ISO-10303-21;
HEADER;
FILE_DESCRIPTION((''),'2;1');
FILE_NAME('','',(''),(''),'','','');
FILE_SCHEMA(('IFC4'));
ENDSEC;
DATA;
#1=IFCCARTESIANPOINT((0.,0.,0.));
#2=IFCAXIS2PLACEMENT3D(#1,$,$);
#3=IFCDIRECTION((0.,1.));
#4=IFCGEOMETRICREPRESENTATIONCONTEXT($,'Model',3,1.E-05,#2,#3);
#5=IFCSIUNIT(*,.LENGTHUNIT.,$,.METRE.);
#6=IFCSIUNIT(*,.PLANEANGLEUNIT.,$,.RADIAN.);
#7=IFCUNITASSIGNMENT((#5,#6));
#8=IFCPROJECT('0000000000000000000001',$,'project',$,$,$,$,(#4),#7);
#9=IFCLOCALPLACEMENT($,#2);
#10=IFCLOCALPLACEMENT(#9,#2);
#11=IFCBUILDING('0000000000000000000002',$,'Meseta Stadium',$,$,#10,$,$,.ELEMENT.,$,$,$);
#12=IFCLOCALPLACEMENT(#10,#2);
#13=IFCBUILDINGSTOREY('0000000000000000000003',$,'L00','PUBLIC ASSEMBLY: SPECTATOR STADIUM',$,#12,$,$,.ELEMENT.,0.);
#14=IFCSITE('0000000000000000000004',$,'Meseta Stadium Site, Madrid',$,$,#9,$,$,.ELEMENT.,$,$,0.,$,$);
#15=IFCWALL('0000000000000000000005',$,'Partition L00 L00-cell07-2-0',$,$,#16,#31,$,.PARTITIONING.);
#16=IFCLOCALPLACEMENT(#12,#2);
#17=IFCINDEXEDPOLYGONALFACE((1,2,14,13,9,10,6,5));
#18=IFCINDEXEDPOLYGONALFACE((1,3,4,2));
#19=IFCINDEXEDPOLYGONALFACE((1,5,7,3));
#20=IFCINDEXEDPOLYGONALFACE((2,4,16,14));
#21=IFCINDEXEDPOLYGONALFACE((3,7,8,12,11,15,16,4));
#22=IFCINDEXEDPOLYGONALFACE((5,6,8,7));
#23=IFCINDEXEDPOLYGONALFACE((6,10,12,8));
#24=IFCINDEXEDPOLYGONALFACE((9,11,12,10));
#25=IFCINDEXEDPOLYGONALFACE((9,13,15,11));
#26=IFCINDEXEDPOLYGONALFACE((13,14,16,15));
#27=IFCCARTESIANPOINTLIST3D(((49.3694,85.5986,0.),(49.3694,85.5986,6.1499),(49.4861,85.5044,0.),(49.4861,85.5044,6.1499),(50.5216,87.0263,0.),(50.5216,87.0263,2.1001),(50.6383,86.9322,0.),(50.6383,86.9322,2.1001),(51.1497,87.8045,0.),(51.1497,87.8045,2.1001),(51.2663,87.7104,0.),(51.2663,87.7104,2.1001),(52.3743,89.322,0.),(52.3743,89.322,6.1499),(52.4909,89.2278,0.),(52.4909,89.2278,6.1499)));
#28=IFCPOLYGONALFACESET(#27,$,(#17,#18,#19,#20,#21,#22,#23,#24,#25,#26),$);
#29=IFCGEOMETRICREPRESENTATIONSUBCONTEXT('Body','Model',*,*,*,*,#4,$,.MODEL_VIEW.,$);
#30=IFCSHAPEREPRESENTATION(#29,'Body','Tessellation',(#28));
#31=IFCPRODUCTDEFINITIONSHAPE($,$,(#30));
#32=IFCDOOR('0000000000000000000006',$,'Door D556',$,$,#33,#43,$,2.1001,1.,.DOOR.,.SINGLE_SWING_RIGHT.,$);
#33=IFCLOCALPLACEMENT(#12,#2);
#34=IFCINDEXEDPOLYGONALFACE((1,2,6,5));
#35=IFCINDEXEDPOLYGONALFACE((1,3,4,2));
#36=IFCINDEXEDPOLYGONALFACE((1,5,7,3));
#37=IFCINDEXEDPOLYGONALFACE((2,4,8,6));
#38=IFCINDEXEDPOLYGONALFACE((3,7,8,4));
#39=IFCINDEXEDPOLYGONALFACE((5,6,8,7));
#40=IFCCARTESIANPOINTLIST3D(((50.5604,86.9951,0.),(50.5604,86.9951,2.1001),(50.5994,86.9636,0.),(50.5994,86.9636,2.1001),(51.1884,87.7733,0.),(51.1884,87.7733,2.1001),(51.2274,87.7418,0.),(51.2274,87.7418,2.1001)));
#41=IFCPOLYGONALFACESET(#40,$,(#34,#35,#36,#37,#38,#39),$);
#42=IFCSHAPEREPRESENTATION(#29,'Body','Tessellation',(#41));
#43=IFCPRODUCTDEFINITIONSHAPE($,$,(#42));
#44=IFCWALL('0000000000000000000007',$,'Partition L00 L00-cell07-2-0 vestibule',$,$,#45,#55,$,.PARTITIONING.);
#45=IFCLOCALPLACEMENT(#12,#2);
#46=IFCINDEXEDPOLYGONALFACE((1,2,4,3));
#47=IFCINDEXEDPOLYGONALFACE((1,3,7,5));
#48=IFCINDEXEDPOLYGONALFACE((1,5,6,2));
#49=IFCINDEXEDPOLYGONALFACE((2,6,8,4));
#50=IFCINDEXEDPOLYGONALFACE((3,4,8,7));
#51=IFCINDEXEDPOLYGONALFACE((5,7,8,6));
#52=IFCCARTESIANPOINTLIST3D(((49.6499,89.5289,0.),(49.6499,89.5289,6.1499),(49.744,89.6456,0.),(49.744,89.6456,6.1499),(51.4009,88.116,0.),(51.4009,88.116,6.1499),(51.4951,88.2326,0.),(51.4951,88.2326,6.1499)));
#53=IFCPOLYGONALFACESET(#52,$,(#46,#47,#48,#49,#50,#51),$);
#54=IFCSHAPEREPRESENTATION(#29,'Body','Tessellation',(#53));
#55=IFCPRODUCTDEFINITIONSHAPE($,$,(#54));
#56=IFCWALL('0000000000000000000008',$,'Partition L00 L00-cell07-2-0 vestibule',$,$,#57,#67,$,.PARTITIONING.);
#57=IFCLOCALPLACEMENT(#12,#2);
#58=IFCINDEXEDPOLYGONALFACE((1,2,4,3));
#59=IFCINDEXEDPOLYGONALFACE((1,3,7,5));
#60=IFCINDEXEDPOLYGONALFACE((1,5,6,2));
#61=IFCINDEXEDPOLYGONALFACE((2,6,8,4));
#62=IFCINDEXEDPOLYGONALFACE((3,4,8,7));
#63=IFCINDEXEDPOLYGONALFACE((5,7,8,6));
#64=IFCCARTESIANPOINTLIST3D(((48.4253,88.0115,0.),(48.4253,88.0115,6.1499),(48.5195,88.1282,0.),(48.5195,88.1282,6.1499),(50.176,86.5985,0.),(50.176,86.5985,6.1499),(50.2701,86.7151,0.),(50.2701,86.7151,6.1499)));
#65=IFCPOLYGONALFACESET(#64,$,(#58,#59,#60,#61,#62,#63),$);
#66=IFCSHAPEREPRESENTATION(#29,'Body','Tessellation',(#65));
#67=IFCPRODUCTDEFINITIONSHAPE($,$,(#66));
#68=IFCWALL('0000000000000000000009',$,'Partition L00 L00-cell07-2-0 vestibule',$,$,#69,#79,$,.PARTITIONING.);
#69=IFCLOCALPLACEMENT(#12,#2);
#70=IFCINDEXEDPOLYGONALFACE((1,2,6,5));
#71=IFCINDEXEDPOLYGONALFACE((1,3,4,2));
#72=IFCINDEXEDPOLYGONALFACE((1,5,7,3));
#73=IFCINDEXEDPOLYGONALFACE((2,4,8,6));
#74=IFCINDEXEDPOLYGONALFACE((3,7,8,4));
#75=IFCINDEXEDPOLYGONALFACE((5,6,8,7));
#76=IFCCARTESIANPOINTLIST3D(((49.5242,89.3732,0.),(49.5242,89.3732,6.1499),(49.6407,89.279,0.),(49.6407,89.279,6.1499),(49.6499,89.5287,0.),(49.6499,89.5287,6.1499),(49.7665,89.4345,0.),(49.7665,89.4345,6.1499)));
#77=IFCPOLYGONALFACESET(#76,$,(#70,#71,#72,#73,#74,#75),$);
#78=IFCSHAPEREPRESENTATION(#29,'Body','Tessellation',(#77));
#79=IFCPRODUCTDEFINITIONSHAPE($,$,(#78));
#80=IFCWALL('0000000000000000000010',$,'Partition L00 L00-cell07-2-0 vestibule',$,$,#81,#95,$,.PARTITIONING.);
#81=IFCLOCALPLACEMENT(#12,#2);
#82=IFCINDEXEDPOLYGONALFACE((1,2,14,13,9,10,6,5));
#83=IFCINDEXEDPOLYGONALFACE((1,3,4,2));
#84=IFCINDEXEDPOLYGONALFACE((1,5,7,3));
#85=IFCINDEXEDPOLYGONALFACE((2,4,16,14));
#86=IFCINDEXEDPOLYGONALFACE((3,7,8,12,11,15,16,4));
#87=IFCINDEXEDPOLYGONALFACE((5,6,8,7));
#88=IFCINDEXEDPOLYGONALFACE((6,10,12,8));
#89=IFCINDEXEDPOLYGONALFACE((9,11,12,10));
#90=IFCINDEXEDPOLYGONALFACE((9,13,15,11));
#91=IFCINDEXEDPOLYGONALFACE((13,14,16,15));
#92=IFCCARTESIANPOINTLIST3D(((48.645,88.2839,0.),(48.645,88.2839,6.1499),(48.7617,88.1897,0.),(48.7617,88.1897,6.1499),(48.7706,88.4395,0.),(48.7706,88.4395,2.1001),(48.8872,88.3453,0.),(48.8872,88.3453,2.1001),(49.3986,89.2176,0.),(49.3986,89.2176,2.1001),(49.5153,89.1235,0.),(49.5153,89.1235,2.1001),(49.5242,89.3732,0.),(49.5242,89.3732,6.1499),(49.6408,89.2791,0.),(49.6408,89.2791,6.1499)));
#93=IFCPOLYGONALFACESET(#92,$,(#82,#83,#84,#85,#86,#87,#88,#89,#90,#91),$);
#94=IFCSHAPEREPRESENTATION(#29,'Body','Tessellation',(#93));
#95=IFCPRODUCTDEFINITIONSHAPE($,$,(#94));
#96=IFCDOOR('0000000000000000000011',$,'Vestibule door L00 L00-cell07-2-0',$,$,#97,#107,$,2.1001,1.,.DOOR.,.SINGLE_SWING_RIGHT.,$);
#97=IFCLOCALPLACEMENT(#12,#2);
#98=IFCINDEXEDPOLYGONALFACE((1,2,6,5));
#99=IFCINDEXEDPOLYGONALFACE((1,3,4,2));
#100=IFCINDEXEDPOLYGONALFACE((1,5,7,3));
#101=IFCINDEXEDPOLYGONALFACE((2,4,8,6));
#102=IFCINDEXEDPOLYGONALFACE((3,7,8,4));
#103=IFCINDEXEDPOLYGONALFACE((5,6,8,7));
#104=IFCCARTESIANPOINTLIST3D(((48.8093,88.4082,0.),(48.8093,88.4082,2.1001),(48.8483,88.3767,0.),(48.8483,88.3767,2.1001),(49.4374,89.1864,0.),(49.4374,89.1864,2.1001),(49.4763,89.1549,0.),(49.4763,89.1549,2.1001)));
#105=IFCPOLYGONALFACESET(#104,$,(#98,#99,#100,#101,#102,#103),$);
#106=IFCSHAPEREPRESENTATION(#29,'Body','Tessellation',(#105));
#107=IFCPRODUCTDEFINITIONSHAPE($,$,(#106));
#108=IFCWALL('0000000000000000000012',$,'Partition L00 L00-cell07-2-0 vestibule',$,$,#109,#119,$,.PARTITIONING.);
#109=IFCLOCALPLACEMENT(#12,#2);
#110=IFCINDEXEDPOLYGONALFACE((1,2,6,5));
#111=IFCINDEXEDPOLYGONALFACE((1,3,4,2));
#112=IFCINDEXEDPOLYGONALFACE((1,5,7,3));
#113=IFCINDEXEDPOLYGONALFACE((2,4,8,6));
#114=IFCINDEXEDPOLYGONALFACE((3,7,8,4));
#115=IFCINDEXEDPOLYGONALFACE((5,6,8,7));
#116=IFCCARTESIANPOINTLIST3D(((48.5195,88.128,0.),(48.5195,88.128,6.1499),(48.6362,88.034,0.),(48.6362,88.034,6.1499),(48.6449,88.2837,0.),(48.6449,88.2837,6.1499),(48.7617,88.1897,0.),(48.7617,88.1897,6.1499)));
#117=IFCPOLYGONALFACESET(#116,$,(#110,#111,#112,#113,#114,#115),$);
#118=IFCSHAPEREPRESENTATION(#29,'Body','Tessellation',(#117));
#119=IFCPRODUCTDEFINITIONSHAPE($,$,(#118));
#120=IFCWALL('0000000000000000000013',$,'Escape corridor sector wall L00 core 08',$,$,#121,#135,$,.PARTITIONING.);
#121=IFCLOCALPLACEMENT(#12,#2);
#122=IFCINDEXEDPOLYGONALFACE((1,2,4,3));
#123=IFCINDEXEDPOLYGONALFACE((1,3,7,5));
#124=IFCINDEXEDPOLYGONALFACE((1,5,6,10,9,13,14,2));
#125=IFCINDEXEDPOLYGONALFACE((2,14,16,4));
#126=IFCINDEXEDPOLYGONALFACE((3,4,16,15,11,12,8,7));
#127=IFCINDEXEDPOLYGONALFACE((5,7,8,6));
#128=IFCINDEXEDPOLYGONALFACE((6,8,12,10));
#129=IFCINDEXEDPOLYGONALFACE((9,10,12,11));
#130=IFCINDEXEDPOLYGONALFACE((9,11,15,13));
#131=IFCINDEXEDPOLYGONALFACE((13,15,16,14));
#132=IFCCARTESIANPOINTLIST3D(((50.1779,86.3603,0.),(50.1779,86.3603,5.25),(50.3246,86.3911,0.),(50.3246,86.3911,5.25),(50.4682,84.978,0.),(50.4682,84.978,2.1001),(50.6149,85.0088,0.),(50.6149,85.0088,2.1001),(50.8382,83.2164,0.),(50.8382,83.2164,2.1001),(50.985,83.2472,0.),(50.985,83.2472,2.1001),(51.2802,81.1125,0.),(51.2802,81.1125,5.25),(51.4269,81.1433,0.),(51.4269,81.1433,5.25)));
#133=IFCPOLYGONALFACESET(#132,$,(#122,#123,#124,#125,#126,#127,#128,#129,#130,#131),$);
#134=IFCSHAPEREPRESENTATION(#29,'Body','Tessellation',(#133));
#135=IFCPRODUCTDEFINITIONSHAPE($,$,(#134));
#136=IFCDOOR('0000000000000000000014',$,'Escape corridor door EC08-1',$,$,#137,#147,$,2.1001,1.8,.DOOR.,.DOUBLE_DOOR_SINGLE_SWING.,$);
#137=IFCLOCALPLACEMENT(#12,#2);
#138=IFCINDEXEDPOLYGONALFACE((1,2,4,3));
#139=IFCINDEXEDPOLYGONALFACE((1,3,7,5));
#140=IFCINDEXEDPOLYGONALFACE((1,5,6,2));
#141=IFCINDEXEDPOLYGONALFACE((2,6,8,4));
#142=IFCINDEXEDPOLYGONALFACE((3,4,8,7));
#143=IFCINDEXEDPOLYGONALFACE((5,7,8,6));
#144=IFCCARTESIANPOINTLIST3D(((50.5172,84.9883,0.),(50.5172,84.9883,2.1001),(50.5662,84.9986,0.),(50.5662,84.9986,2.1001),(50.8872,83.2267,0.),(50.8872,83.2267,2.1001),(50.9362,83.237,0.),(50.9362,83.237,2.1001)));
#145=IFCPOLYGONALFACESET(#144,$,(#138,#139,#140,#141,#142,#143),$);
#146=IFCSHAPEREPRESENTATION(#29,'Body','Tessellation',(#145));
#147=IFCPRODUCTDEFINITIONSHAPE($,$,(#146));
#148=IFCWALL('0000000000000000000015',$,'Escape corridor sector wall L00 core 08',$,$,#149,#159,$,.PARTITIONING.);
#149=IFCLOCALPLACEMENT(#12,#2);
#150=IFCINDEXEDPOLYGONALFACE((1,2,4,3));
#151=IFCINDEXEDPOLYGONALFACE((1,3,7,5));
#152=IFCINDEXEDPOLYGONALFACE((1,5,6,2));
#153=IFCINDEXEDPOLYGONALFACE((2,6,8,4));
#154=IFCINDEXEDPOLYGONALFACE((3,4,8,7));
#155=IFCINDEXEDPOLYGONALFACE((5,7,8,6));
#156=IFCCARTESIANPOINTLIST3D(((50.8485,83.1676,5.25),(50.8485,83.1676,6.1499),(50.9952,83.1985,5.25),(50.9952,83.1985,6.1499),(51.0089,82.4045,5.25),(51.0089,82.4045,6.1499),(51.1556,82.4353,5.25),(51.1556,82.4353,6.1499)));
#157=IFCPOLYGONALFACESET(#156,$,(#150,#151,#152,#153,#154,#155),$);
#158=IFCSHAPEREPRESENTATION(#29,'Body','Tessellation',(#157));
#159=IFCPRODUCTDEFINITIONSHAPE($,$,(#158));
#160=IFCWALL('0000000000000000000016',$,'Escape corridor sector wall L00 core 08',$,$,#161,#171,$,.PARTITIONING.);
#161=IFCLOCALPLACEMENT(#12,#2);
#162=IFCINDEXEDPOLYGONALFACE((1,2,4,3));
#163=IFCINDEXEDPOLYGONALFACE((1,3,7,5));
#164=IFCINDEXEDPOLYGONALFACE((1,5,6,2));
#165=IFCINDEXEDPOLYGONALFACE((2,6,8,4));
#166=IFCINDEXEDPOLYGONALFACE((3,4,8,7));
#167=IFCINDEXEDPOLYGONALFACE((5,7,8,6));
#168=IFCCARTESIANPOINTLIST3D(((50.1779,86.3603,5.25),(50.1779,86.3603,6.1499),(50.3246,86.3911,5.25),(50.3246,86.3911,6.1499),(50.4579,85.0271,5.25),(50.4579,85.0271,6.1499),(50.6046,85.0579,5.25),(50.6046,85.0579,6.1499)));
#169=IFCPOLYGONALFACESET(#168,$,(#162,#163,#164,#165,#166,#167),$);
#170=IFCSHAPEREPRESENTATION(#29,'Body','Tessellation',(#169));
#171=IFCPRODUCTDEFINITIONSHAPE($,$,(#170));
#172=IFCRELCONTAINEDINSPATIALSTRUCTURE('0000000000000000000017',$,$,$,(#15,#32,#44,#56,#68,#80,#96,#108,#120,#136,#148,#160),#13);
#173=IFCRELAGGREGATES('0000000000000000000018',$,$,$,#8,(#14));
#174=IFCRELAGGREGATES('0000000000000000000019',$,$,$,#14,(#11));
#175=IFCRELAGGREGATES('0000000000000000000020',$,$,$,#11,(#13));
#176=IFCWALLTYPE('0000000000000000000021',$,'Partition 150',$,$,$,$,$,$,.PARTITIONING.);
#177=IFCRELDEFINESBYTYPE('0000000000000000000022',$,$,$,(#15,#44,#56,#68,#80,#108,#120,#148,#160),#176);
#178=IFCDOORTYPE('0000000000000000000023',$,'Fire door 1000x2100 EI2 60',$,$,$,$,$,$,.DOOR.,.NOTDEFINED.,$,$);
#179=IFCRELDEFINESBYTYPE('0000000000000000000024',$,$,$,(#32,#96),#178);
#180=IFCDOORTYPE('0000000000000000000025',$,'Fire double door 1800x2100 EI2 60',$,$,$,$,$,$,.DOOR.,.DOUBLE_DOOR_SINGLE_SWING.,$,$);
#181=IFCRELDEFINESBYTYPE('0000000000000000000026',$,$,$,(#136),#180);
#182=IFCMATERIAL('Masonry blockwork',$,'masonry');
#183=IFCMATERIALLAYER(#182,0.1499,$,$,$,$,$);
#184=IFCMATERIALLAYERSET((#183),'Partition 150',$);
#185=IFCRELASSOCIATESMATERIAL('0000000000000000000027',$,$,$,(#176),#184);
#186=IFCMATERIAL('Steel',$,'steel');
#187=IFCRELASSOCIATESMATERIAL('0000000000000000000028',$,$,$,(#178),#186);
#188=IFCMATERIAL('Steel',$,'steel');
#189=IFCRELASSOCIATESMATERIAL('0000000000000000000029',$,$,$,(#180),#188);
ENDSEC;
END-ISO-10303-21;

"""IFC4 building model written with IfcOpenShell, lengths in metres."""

from ifc_helpers import new_model, si_unit, direction, frame, frame_2d, origin, place, context, subcontext, project, spatial, rectangle, extrude, material, layer, layer_set, type_object, element, fill, save


model = new_model("IFC4")

# Units and contexts
model_context = context("Model", 3, precision=1e-05, world=origin(), true_north=direction((0.0, 1.0)))
body_context = subcontext(model_context, "Body", "Model", "MODEL_VIEW")
ifc_project = project(units=[si_unit("LENGTHUNIT", "METRE"), si_unit("PLANEANGLEUNIT", "RADIAN")], contexts=[model_context])

# Site, building, storey
site_placement = place(None, origin())
site = spatial("IfcSite", under=ifc_project, at=site_placement, Name="Meseta Stadium Site, Madrid", CompositionType="ELEMENT", RefElevation=0.0)
building_placement = place(site_placement, origin())
building = spatial("IfcBuilding", under=site, at=building_placement, Name="Meseta Stadium", CompositionType="ELEMENT")
storey_placement = place(building_placement, origin())
storey = spatial("IfcBuildingStorey", under=building, at=storey_placement, Name="L00", Description="PUBLIC ASSEMBLY: SPECTATOR STADIUM", CompositionType="ELEMENT", Elevation=0.0)

# Shared definitions
ifc_material_1 = material(Name="Masonry blockwork", Category="masonry")
ifc_layer = layer(ifc_material_1, 0.1499)
ifc_layer_set = layer_set([ifc_layer], Name="Partition 150")
wall_type = type_object("IfcWallType", Name="Partition 150", PredefinedType="PARTITIONING", material=ifc_layer_set)

# Wall, opening, door
wall_1_placement = place(storey_placement, frame((52.4326, 89.2749, 0.0), z_axis=(0.0, 0.0, 1.0), x_axis=(-0.628025, -0.778193, 0.0)))
wall_1 = element("IfcWall", 1, at=wall_1_placement, inside=storey, type_object=wall_type, Name="Partition L00 L00-cell07-2-0", PredefinedType="PARTITIONING", context=body_context, shape_type="SweptSolid", body=[
    extrude(rectangle(XDim=4.7847, YDim=0.1499, at=frame_2d((2.3923, 0.0))), origin(), (0.0, 0.0, 1.0), 6.1499),
])
opening_1_placement = place(wall_1_placement, frame((1.95, 0.0, 0.0)))
opening_1 = element("IfcOpeningElement", 2, at=opening_1_placement, cuts=wall_1, PredefinedType="OPENING", context=body_context, shape_type="SweptSolid", body=[
    extrude(rectangle(XDim=1.0, YDim=2.1001, at=frame_2d((0.5, 1.05))), frame((0.0, 0.085, 0.0), z_axis=(0.0, -1.0, 0.0), x_axis=(1.0, 0.0, 0.0)), (0.0, 0.0, 1.0), 0.1699),
])
ifc_material_2 = material(Name="Steel", Category="steel")
door_type_1 = type_object("IfcDoorType", Name="Fire door 1000x2100 EI2 60", OperationType="NOTDEFINED", PredefinedType="DOOR", material=ifc_material_2)
door_1_placement = place(opening_1_placement, origin())
door_1 = element("IfcDoor", 3, at=door_1_placement, inside=storey, type_object=door_type_1, Name="Door D556", OperationType="SINGLE_SWING_RIGHT", OverallHeight=2.1001, OverallWidth=1.0, PredefinedType="DOOR", context=body_context, shape_type="SweptSolid", body=[
    extrude(rectangle(XDim=1.0, YDim=2.1001, at=frame_2d((0.5, 1.05))), frame((0.0, 0.0249, 0.0), z_axis=(0.0, -1.0, 0.0), x_axis=(1.0, 0.0, 0.0)), (0.0, 0.0, 1.0), 0.05),
])
fill(opening_1, door_1)

# Walls
wall_2_placement = place(storey_placement, frame((51.448, 88.1743, 0.0), z_axis=(0.0, 0.0, 1.0), x_axis=(-0.778247, 0.627958, 0.0)))
element("IfcWall", 4, at=wall_2_placement, inside=storey, type_object=wall_type, Name="Partition L00 L00-cell07-2-0 vestibule", PredefinedType="PARTITIONING", context=body_context, shape_type="SweptSolid", body=[
    extrude(rectangle(XDim=2.25, YDim=0.1499, at=frame_2d((1.125, 0.0))), origin(), (0.0, 0.0, 1.0), 6.1499),
])
wall_3_placement = place(storey_placement, frame((50.2231, 86.6567, 0.0), z_axis=(0.0, 0.0, 1.0), x_axis=(-0.778151, 0.628077, 0.0)))
element("IfcWall", 5, at=wall_3_placement, inside=storey, type_object=wall_type, Name="Partition L00 L00-cell07-2-0 vestibule", PredefinedType="PARTITIONING", context=body_context, shape_type="SweptSolid", body=[
    extrude(rectangle(XDim=2.2498, YDim=0.1499, at=frame_2d((1.125, 0.0))), origin(), (0.0, 0.0, 1.0), 6.1499),
])
wall_4_placement = place(storey_placement, frame((49.7083, 89.4817, 0.0), z_axis=(0.0, 0.0, 1.0), x_axis=(-0.628706, -0.777643, 0.0)))
element("IfcWall", 6, at=wall_4_placement, inside=storey, type_object=wall_type, Name="Partition L00 L00-cell07-2-0 vestibule", PredefinedType="PARTITIONING", context=body_context, shape_type="SweptSolid", body=[
    extrude(rectangle(XDim=0.2, YDim=0.1499, at=frame_2d((0.1001, 0.0))), origin(), (0.0, 0.0, 1.0), 6.1499),
])

# Wall, opening, door
wall_5_placement = place(storey_placement, frame((49.5825, 89.3262, 0.0), z_axis=(0.0, 0.0, 1.0), x_axis=(-0.628029, -0.77819, 0.0)))
wall_5 = element("IfcWall", 7, at=wall_5_placement, inside=storey, type_object=wall_type, Name="Partition L00 L00-cell07-2-0 vestibule", PredefinedType="PARTITIONING", context=body_context, shape_type="SweptSolid", body=[
    extrude(rectangle(XDim=1.3999, YDim=0.1499, at=frame_2d((0.7, 0.0))), origin(), (0.0, 0.0, 1.0), 6.1499),
])
opening_2_placement = place(wall_5_placement, frame((0.2, 0.0, 0.0)))
opening_2 = element("IfcOpeningElement", 8, at=opening_2_placement, cuts=wall_5, PredefinedType="OPENING", context=body_context, shape_type="SweptSolid", body=[
    extrude(rectangle(XDim=1.0, YDim=2.1001, at=frame_2d((0.5, 1.05))), frame((0.0, 0.085, 0.0), z_axis=(0.0, -1.0, 0.0), x_axis=(1.0, 0.0, 0.0)), (0.0, 0.0, 1.0), 0.1699),
])
door_2_placement = place(opening_2_placement, origin())
door_2 = element("IfcDoor", 9, at=door_2_placement, inside=storey, type_object=door_type_1, Name="Vestibule door L00 L00-cell07-2-0", OperationType="SINGLE_SWING_RIGHT", OverallHeight=2.1001, OverallWidth=1.0, PredefinedType="DOOR", context=body_context, shape_type="SweptSolid", body=[
    extrude(rectangle(XDim=1.0, YDim=2.1001, at=frame_2d((0.5, 1.05))), frame((0.0, 0.0249, 0.0), z_axis=(0.0, -1.0, 0.0), x_axis=(1.0, 0.0, 0.0)), (0.0, 0.0, 1.0), 0.05),
])
fill(opening_2, door_2)

# Wall
wall_6_placement = place(storey_placement, frame((48.7034, 88.2368, 0.0), z_axis=(0.0, 0.0, 1.0), x_axis=(-0.627371, -0.778721, 0.0)))
element("IfcWall", 10, at=wall_6_placement, inside=storey, type_object=wall_type, Name="Partition L00 L00-cell07-2-0 vestibule", PredefinedType="PARTITIONING", context=body_context, shape_type="SweptSolid", body=[
    extrude(rectangle(XDim=0.2, YDim=0.1499, at=frame_2d((0.1001, 0.0))), origin(), (0.0, 0.0, 1.0), 6.1499),
])

# Wall, opening, door
wall_7_placement = place(storey_placement, frame((51.3535, 81.1279, 0.0), z_axis=(0.0, 0.0, 1.0), x_axis=(-0.205563, 0.978644, 0.0)))
wall_7 = element("IfcWall", 11, at=wall_7_placement, inside=storey, type_object=wall_type, Name="Escape corridor sector wall L00 core 08", PredefinedType="PARTITIONING", context=body_context, shape_type="SweptSolid", body=[
    extrude(rectangle(XDim=5.3623, YDim=0.1499, at=frame_2d((2.6812, 0.0))), origin(), (0.0, 0.0, 1.0), 5.25),
])
opening_3_placement = place(wall_7_placement, frame((2.1499, 0.0, 0.0)))
opening_3 = element("IfcOpeningElement", 12, at=opening_3_placement, cuts=wall_7, PredefinedType="OPENING", context=body_context, shape_type="SweptSolid", body=[
    extrude(rectangle(XDim=1.8, YDim=2.1001, at=frame_2d((0.8999, 1.05))), frame((0.0, 0.085, 0.0), z_axis=(0.0, -1.0, 0.0), x_axis=(1.0, 0.0, 0.0)), (0.0, 0.0, 1.0), 0.1699),
])
ifc_material_3 = material(Name="Steel", Category="steel")
door_type_2 = type_object("IfcDoorType", Name="Fire double door 1800x2100 EI2 60", OperationType="DOUBLE_DOOR_SINGLE_SWING", PredefinedType="DOOR", material=ifc_material_3)
door_3_placement = place(opening_3_placement, origin())
door_3 = element("IfcDoor", 13, at=door_3_placement, inside=storey, type_object=door_type_2, Name="Escape corridor door EC08-1", OperationType="DOUBLE_DOOR_SINGLE_SWING", OverallHeight=2.1001, OverallWidth=1.8, PredefinedType="DOOR", context=body_context, shape_type="SweptSolid", body=[
    extrude(rectangle(XDim=1.8, YDim=2.1001, at=frame_2d((0.8999, 1.05))), frame((0.0, 0.0249, 0.0), z_axis=(0.0, -1.0, 0.0), x_axis=(1.0, 0.0, 0.0)), (0.0, 0.0, 1.0), 0.05),
])
fill(opening_3, door_3)

# Walls
wall_8_placement = place(storey_placement, frame((51.0823, 82.4199, 5.25), z_axis=(0.0, 0.0, 1.0), x_axis=(-0.205679, 0.978619, 0.0)))
element("IfcWall", 14, at=wall_8_placement, inside=storey, type_object=wall_type, Name="Escape corridor sector wall L00 core 08", PredefinedType="PARTITIONING", context=body_context, shape_type="SweptSolid", body=[
    extrude(rectangle(XDim=0.7798, YDim=0.1499, at=frame_2d((0.3899, 0.0))), origin(), (0.0, 0.0, 1.0), 0.8999),
])
wall_9_placement = place(storey_placement, frame((50.5312, 85.0425, 5.25), z_axis=(0.0, 0.0, 1.0), x_axis=(-0.20555, 0.978647, 0.0)))
element("IfcWall", 15, at=wall_9_placement, inside=storey, type_object=wall_type, Name="Escape corridor sector wall L00 core 08", PredefinedType="PARTITIONING", context=body_context, shape_type="SweptSolid", body=[
    extrude(rectangle(XDim=1.3623, YDim=0.1499, at=frame_2d((0.6812, 0.0))), origin(), (0.0, 0.0, 1.0), 0.8999),
])

save(model, "model.ifc")
